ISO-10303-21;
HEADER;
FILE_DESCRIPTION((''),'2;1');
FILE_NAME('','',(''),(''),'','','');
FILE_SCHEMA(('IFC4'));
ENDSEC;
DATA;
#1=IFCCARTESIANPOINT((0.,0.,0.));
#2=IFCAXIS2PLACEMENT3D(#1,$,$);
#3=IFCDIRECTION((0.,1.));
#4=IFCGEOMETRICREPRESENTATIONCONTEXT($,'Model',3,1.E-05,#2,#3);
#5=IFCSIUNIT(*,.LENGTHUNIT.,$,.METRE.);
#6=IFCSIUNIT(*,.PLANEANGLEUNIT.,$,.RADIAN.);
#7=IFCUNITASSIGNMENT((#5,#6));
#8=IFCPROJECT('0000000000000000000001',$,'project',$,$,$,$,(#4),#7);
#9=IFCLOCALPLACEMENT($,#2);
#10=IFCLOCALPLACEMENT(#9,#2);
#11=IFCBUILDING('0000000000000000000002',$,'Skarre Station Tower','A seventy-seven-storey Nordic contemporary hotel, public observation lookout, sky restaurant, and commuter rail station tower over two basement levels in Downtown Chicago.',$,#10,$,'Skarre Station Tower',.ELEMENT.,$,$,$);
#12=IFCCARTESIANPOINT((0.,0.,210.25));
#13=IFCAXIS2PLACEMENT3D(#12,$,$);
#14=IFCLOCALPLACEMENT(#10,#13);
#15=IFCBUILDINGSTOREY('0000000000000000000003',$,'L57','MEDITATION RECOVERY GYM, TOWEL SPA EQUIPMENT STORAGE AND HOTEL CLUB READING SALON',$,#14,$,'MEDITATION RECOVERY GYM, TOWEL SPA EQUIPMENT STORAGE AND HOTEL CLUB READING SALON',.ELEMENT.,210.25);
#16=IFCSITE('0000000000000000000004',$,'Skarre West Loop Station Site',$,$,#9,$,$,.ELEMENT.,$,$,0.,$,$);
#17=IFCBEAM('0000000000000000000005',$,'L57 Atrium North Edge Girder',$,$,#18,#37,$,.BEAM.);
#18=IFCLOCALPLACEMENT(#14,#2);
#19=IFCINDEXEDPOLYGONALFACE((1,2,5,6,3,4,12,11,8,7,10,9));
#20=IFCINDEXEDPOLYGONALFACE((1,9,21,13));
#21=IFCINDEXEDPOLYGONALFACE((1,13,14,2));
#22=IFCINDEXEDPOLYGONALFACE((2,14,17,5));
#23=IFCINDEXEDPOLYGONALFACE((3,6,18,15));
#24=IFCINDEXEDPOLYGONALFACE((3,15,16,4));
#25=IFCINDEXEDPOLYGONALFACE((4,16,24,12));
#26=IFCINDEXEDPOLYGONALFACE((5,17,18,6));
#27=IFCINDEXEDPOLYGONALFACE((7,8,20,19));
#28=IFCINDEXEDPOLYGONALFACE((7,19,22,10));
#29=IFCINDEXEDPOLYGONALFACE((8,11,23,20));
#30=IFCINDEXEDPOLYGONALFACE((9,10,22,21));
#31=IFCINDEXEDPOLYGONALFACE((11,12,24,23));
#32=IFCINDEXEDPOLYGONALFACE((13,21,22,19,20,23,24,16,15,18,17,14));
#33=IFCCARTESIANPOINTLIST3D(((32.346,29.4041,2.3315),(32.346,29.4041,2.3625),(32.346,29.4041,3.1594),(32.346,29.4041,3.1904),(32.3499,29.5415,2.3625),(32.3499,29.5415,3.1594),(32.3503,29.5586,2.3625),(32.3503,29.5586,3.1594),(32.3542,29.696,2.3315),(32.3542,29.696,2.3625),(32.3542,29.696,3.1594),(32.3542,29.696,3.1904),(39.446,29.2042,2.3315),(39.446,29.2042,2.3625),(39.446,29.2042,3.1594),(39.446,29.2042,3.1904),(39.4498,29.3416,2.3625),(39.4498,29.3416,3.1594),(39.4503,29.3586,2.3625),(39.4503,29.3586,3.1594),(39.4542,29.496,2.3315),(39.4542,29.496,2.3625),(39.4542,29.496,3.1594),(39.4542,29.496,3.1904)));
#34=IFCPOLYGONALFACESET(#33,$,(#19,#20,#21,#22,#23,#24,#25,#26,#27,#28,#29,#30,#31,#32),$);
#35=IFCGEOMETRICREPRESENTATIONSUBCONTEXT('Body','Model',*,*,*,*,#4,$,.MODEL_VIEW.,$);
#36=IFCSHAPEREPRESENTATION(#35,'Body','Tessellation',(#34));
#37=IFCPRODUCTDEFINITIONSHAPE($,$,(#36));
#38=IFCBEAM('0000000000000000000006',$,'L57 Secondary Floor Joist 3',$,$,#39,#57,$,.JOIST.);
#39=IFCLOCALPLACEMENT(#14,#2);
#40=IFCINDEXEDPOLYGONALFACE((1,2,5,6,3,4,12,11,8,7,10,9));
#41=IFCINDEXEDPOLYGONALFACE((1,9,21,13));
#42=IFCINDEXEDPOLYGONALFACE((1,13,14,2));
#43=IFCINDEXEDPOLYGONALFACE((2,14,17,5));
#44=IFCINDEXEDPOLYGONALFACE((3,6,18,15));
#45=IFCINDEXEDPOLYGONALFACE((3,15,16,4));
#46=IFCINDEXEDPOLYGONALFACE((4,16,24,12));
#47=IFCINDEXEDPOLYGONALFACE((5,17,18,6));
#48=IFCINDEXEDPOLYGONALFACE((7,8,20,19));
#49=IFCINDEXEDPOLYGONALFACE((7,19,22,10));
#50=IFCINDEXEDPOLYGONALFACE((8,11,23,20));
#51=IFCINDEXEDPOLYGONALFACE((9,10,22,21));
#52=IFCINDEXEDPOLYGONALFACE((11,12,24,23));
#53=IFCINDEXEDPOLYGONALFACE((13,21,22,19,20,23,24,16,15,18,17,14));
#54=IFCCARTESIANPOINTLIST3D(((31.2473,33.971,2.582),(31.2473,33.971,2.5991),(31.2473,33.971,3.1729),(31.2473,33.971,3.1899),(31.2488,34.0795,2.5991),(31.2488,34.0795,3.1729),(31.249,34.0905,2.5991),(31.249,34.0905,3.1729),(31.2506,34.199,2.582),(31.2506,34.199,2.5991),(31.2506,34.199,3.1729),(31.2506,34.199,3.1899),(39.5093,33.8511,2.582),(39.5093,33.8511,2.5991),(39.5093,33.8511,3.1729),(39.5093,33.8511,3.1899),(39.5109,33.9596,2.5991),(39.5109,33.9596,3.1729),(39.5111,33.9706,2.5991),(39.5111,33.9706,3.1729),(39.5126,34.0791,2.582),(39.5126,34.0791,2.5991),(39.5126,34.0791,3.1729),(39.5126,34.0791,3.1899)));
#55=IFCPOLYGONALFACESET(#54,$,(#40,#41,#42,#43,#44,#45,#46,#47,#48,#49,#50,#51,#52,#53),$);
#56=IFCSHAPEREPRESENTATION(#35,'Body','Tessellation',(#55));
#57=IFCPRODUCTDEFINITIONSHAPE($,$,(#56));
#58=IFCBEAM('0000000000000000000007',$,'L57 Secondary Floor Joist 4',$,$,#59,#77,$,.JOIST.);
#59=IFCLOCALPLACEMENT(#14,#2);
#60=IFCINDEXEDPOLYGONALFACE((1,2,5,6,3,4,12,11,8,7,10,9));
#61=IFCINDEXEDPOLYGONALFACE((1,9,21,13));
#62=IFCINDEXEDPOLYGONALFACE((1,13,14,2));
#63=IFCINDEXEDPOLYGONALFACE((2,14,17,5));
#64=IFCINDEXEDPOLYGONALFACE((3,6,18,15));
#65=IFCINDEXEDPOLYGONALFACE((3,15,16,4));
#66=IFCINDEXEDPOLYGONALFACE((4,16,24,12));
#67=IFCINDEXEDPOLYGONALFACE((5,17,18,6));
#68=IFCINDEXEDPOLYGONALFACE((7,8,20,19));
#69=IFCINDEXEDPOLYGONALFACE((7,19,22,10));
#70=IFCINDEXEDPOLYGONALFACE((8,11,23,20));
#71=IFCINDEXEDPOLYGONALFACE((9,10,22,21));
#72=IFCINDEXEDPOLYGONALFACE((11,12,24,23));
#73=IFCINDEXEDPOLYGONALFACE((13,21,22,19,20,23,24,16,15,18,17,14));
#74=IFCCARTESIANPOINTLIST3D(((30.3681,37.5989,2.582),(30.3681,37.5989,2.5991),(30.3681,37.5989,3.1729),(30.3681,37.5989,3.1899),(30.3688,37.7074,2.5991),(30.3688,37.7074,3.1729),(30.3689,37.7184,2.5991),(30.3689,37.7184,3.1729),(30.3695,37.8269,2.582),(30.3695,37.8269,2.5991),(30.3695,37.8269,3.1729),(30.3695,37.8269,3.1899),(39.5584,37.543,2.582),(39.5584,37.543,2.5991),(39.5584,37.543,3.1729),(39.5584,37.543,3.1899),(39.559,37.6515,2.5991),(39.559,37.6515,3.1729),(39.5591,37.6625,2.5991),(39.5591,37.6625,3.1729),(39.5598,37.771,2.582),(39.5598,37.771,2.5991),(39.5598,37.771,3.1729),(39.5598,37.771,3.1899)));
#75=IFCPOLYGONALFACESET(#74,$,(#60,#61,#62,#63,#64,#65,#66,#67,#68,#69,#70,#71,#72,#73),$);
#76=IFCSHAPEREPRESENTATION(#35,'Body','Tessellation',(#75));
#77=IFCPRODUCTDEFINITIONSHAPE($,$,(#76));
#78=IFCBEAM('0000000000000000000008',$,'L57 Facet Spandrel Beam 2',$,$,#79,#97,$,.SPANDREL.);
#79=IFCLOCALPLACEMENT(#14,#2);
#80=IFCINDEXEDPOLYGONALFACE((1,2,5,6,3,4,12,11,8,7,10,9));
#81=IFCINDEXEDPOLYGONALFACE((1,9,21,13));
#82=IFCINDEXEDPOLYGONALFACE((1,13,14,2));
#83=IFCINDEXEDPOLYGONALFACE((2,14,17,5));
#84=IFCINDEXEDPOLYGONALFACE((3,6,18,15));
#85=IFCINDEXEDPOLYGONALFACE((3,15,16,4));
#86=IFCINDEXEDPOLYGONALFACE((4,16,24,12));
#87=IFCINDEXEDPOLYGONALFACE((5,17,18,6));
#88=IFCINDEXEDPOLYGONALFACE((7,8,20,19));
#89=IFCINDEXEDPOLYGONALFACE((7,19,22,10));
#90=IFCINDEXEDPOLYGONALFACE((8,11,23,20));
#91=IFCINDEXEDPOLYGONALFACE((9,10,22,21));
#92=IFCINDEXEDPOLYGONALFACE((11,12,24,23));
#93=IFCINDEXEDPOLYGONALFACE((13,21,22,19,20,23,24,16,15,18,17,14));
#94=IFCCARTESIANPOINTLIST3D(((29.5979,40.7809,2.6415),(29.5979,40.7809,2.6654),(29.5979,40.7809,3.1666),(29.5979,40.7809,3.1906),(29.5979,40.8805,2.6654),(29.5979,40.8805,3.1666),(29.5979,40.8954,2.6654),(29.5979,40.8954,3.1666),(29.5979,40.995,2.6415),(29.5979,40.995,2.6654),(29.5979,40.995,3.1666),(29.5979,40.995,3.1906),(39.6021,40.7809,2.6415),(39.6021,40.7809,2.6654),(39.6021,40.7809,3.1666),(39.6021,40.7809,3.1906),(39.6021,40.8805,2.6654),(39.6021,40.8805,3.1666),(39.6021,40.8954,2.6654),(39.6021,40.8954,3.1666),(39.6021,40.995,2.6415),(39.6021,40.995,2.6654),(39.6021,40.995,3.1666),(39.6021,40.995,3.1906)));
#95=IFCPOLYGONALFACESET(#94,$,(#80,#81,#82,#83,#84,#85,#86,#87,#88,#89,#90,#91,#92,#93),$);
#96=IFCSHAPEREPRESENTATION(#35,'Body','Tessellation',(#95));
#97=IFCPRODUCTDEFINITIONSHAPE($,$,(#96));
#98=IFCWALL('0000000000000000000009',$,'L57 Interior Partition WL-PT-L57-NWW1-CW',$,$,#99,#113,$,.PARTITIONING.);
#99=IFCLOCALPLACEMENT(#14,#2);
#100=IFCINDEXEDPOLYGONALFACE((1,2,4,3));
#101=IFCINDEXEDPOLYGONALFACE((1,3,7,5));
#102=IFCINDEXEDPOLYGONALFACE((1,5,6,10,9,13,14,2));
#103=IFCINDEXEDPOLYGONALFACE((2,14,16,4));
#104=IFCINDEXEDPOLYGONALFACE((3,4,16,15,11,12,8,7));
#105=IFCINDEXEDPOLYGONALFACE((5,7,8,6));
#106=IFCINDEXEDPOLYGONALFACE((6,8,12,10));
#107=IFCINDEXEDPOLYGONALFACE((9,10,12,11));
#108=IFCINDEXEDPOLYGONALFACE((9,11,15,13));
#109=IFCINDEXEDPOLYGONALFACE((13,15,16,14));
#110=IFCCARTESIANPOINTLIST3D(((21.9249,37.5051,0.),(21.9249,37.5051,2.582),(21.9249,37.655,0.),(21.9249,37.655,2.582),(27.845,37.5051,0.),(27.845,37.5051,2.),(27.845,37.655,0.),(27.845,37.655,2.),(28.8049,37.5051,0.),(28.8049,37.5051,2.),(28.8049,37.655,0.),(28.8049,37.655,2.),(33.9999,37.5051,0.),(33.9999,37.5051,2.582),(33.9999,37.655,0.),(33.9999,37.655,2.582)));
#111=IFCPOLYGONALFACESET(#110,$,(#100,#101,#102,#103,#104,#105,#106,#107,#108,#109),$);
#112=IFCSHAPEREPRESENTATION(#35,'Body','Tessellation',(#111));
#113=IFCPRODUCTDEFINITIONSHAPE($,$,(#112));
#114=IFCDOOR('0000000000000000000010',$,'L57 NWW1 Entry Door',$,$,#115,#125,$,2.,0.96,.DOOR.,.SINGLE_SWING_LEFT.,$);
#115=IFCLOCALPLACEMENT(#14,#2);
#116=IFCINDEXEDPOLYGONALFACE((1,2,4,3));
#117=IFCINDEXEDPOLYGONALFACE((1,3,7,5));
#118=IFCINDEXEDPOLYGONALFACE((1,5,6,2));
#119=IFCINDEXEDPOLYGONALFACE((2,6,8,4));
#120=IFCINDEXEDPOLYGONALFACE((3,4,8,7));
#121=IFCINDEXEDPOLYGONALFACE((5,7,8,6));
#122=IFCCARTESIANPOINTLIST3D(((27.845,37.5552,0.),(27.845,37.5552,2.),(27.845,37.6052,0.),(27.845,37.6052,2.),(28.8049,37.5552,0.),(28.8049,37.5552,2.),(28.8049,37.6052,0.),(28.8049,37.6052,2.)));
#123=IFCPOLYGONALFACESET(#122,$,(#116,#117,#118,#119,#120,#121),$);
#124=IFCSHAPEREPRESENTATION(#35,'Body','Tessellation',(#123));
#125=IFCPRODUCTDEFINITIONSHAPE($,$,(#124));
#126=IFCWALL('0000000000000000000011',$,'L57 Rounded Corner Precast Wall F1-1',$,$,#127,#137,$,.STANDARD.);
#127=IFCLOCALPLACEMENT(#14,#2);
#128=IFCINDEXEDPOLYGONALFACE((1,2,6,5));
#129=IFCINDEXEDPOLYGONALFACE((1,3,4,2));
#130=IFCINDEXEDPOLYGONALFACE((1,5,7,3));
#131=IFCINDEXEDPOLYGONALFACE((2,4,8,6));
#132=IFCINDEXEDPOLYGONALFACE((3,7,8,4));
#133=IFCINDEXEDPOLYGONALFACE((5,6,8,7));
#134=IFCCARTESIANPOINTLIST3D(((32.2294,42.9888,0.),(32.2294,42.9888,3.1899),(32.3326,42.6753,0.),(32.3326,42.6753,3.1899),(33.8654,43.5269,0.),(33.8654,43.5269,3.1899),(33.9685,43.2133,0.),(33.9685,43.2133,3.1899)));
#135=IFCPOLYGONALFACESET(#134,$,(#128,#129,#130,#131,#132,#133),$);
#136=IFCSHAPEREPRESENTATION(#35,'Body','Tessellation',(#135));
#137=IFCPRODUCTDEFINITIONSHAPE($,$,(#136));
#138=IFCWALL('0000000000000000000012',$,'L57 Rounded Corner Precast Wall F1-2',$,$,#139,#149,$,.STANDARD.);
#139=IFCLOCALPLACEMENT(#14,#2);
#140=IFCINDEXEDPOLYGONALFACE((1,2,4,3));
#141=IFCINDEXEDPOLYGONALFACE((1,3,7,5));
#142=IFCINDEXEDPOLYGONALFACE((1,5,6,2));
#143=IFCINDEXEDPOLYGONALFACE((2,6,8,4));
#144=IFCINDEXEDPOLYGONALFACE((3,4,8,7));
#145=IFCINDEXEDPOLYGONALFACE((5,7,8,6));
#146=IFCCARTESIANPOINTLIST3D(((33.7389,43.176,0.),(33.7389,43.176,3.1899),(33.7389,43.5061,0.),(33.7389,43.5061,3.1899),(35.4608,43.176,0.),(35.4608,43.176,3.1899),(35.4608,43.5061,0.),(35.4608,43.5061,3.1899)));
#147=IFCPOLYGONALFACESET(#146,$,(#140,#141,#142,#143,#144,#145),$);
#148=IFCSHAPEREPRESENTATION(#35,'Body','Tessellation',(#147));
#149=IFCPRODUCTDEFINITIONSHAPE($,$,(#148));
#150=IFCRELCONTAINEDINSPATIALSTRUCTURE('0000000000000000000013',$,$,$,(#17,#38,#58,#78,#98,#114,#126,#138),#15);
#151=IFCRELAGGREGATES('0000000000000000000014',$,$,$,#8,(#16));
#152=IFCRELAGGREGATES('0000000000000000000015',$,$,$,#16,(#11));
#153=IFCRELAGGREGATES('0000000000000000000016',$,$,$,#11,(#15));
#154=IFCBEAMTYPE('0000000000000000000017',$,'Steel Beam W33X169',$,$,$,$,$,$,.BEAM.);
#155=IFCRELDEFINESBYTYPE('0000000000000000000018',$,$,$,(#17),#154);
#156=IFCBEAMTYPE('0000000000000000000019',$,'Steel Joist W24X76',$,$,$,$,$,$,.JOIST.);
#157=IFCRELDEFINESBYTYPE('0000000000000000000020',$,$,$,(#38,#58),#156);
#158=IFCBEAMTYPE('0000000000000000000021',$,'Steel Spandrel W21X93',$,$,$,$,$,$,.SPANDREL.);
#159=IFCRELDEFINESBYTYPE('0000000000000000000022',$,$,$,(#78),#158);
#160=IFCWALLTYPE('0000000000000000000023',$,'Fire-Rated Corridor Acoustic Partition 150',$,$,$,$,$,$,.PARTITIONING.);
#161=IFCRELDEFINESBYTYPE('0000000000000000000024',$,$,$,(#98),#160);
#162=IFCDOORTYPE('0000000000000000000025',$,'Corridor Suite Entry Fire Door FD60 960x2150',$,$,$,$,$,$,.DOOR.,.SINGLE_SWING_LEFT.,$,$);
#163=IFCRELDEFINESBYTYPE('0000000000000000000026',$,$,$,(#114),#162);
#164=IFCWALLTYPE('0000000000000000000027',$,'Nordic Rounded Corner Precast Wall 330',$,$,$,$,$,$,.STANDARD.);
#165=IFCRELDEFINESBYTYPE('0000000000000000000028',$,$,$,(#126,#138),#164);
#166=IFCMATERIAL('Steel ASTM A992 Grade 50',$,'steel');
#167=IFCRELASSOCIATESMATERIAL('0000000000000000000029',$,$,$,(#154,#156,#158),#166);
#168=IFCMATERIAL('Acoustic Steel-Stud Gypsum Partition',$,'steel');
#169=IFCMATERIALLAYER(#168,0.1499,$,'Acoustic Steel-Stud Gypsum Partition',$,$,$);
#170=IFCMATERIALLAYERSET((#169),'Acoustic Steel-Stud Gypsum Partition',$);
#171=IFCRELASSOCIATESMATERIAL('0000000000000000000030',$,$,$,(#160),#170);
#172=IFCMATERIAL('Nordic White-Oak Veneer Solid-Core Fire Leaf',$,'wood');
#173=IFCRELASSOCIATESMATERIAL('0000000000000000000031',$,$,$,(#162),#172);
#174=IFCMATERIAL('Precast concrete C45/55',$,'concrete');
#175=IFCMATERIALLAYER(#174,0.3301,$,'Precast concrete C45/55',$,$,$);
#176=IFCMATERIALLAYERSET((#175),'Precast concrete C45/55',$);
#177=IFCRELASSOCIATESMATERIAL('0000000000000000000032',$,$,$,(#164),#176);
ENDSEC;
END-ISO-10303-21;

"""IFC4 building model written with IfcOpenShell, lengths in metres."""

from ifc_helpers import new_model, si_unit, direction, frame, frame_2d, origin, origin_2d, place, context, subcontext, project, spatial, rectangle, i_section, extrude, material, layer, layer_set, material_profile, profile_set, type_object, element, fill, save


model = new_model("IFC4")

# Units and contexts
model_context = context("Model", 3, precision=1e-05, world=origin(), true_north=direction((0.0, 1.0)))
body_context = subcontext(model_context, "Body", "Model", "MODEL_VIEW")
ifc_project = project(units=[si_unit("LENGTHUNIT", "METRE"), si_unit("PLANEANGLEUNIT", "RADIAN")], contexts=[model_context])

# Site, building, storey
site_placement = place(None, origin())
site = spatial("IfcSite", under=ifc_project, at=site_placement, Name="Skarre West Loop Station Site", CompositionType="ELEMENT", RefElevation=0.0)
building_placement = place(site_placement, origin())
building = spatial("IfcBuilding", under=site, at=building_placement, Name="Skarre Station Tower", Description="A seventy-seven-storey Nordic contemporary hotel, public observation lookout, sky restaurant, and commuter rail station tower over two basement levels in Downtown Chicago.", LongName="Skarre Station Tower", CompositionType="ELEMENT")
storey_placement = place(building_placement, frame((0.0, 0.0, 210.25)))
storey = spatial("IfcBuildingStorey", under=building, at=storey_placement, Name="L57", Description="MEDITATION RECOVERY GYM, TOWEL SPA EQUIPMENT STORAGE AND HOTEL CLUB READING SALON", LongName="MEDITATION RECOVERY GYM, TOWEL SPA EQUIPMENT STORAGE AND HOTEL CLUB READING SALON", CompositionType="ELEMENT", Elevation=210.25)

# Beams
ifc_material_1 = material(Name="Steel ASTM A992 Grade 50", Category="steel")
ifc_material_profile_1 = material_profile(ifc_material_1, i_section(OverallWidth=0.292, OverallDepth=0.8589, WebThickness=0.0171, FlangeThickness=0.031, at=origin_2d()), Name="Steel ASTM A992 Grade 50")
ifc_profile_set_1 = profile_set([ifc_material_profile_1], Name="Steel ASTM A992 Grade 50")
beam_type_1 = type_object("IfcBeamType", Name="Steel Beam W33X169", PredefinedType="BEAM", material=ifc_profile_set_1)
beam_1_placement = place(storey_placement, frame((32.3501, 29.55, 2.761), z_axis=(0.999604, -0.028152, 0.0), x_axis=(0.028152, 0.999604, 0.0)))
element("IfcBeam", 1, at=beam_1_placement, inside=storey, type_object=beam_type_1, Name="L57 Atrium North Edge Girder", PredefinedType="BEAM", context=body_context, shape_type="SweptSolid", body=[
    extrude(i_section(OverallWidth=0.292, OverallDepth=0.8589, WebThickness=0.0171, FlangeThickness=0.031, at=origin_2d()), origin(), (0.0, 0.0, 1.0), 7.1028),
])
ifc_material_profile_2 = material_profile(ifc_material_1, i_section(OverallWidth=0.228, OverallDepth=0.6079, WebThickness=0.011, FlangeThickness=0.0171, at=origin_2d()), Name="Steel ASTM A992 Grade 50")
ifc_profile_set_2 = profile_set([ifc_material_profile_2], Name="Steel ASTM A992 Grade 50")
beam_type_2 = type_object("IfcBeamType", Name="Steel Joist W24X76", PredefinedType="JOIST", material=ifc_profile_set_2)
beam_2_placement = place(storey_placement, frame((39.511, 33.9651, 2.886), z_axis=(-0.999895, 0.014508, 0.0), x_axis=(-0.014508, -0.999895, 0.0)))
element("IfcBeam", 2, at=beam_2_placement, inside=storey, type_object=beam_type_2, Name="L57 Secondary Floor Joist 3", PredefinedType="JOIST", context=body_context, shape_type="SweptSolid", body=[
    extrude(i_section(OverallWidth=0.228, OverallDepth=0.6079, WebThickness=0.011, FlangeThickness=0.0171, at=origin_2d()), origin(), (0.0, 0.0, 1.0), 8.2629),
])
beam_3_placement = place(storey_placement, frame((39.5591, 37.657, 2.886), z_axis=(-0.999981, 0.006083, 0.0), x_axis=(-0.006083, -0.999981, 0.0)))
element("IfcBeam", 3, at=beam_3_placement, inside=storey, type_object=beam_type_2, Name="L57 Secondary Floor Joist 4", PredefinedType="JOIST", context=body_context, shape_type="SweptSolid", body=[
    extrude(i_section(OverallWidth=0.228, OverallDepth=0.6079, WebThickness=0.011, FlangeThickness=0.0171, at=origin_2d()), origin(), (0.0, 0.0, 1.0), 9.1904),
])
ifc_material_profile_3 = material_profile(ifc_material_1, i_section(OverallWidth=0.2141, OverallDepth=0.5491, WebThickness=0.0149, FlangeThickness=0.0239, at=origin_2d()), Name="Steel ASTM A992 Grade 50")
ifc_profile_set_3 = profile_set([ifc_material_profile_3], Name="Steel ASTM A992 Grade 50")
beam_type_3 = type_object("IfcBeamType", Name="Steel Spandrel W21X93", PredefinedType="SPANDREL", material=ifc_profile_set_3)
beam_4_placement = place(storey_placement, frame((39.6021, 40.8879, 2.916), z_axis=(-1.0, 0.0, 0.0), x_axis=(0.0, -1.0, 0.0)))
element("IfcBeam", 4, at=beam_4_placement, inside=storey, type_object=beam_type_3, Name="L57 Facet Spandrel Beam 2", PredefinedType="SPANDREL", context=body_context, shape_type="SweptSolid", body=[
    extrude(i_section(OverallWidth=0.2141, OverallDepth=0.5491, WebThickness=0.0149, FlangeThickness=0.0239, at=origin_2d()), origin(), (0.0, 0.0, 1.0), 10.0042),
])

# Wall, opening, door
ifc_material_2 = material(Name="Acoustic Steel-Stud Gypsum Partition", Category="steel")
ifc_layer_1 = layer(ifc_material_2, 0.1499, Name="Acoustic Steel-Stud Gypsum Partition")
ifc_layer_set_1 = layer_set([ifc_layer_1], Name="Acoustic Steel-Stud Gypsum Partition")
wall_type_1 = type_object("IfcWallType", Name="Fire-Rated Corridor Acoustic Partition 150", PredefinedType="PARTITIONING", material=ifc_layer_set_1)
wall_1_placement = place(storey_placement, frame((34.0, 37.5801, 0.0), z_axis=(0.0, 0.0, 1.0), x_axis=(-1.0, 0.0, 0.0)))
wall_1 = element("IfcWall", 5, at=wall_1_placement, inside=storey, type_object=wall_type_1, Name="L57 Interior Partition WL-PT-L57-NWW1-CW", PredefinedType="PARTITIONING", context=body_context, shape_type="SweptSolid", body=[
    extrude(rectangle(XDim=12.075, YDim=0.1499, at=frame_2d((6.0376, 0.0))), origin(), (0.0, 0.0, 1.0), 2.582),
])
opening_1_placement = place(wall_1_placement, frame((5.1951, 0.0, 0.0)))
opening_1 = element("IfcOpeningElement", 6, at=opening_1_placement, cuts=wall_1, PredefinedType="OPENING", context=body_context, shape_type="SweptSolid", body=[
    extrude(rectangle(XDim=0.96, YDim=2.0, at=frame_2d((0.48, 1.0))), frame((0.0, 0.085, 0.0), z_axis=(0.0, -1.0, 0.0), x_axis=(1.0, 0.0, 0.0)), (0.0, 0.0, 1.0), 0.1699),
])
ifc_material_3 = material(Name="Nordic White-Oak Veneer Solid-Core Fire Leaf", Category="wood")
door_type = type_object("IfcDoorType", Name="Corridor Suite Entry Fire Door FD60 960x2150", OperationType="SINGLE_SWING_LEFT", PredefinedType="DOOR", material=ifc_material_3)
door_placement = place(opening_1_placement, origin())
door = element("IfcDoor", 7, at=door_placement, inside=storey, type_object=door_type, Name="L57 NWW1 Entry Door", OperationType="SINGLE_SWING_LEFT", OverallHeight=2.0, OverallWidth=0.96, PredefinedType="DOOR", context=body_context, shape_type="SweptSolid", body=[
    extrude(rectangle(XDim=0.96, YDim=2.0, at=frame_2d((0.48, 1.0))), frame((0.0, 0.0249, 0.0), z_axis=(0.0, -1.0, 0.0), x_axis=(1.0, 0.0, 0.0)), (0.0, 0.0, 1.0), 0.05),
])
fill(opening_1, door)

# Walls
ifc_material_4 = material(Name="Precast concrete C45/55", Category="concrete")
ifc_layer_2 = layer(ifc_material_4, 0.3301, Name="Precast concrete C45/55")
ifc_layer_set_2 = layer_set([ifc_layer_2], Name="Precast concrete C45/55")
wall_type_2 = type_object("IfcWallType", Name="Nordic Rounded Corner Precast Wall 330", PredefinedType="STANDARD", material=ifc_layer_set_2)
wall_2_placement = place(storey_placement, frame((32.281, 42.832, 0.0), z_axis=(0.0, 0.0, 1.0), x_axis=(0.949937, 0.31244, 0.0)))
element("IfcWall", 8, at=wall_2_placement, inside=storey, type_object=wall_type_2, Name="L57 Rounded Corner Precast Wall F1-1", PredefinedType="STANDARD", context=body_context, shape_type="SweptSolid", body=[
    extrude(rectangle(XDim=1.7222, YDim=0.3301, at=frame_2d((0.8611, 0.0))), origin(), (0.0, 0.0, 1.0), 3.1899),
])
wall_3_placement = place(storey_placement, frame((33.739, 43.3411, 0.0), z_axis=(0.0, 0.0, 1.0), x_axis=(1.0, 0.0, 0.0)))
element("IfcWall", 9, at=wall_3_placement, inside=storey, type_object=wall_type_2, Name="L57 Rounded Corner Precast Wall F1-2", PredefinedType="STANDARD", context=body_context, shape_type="SweptSolid", body=[
    extrude(rectangle(XDim=1.7219, YDim=0.3301, at=frame_2d((0.8608, 0.0))), origin(), (0.0, 0.0, 1.0), 3.1899),
])

save(model, "model.ifc")
